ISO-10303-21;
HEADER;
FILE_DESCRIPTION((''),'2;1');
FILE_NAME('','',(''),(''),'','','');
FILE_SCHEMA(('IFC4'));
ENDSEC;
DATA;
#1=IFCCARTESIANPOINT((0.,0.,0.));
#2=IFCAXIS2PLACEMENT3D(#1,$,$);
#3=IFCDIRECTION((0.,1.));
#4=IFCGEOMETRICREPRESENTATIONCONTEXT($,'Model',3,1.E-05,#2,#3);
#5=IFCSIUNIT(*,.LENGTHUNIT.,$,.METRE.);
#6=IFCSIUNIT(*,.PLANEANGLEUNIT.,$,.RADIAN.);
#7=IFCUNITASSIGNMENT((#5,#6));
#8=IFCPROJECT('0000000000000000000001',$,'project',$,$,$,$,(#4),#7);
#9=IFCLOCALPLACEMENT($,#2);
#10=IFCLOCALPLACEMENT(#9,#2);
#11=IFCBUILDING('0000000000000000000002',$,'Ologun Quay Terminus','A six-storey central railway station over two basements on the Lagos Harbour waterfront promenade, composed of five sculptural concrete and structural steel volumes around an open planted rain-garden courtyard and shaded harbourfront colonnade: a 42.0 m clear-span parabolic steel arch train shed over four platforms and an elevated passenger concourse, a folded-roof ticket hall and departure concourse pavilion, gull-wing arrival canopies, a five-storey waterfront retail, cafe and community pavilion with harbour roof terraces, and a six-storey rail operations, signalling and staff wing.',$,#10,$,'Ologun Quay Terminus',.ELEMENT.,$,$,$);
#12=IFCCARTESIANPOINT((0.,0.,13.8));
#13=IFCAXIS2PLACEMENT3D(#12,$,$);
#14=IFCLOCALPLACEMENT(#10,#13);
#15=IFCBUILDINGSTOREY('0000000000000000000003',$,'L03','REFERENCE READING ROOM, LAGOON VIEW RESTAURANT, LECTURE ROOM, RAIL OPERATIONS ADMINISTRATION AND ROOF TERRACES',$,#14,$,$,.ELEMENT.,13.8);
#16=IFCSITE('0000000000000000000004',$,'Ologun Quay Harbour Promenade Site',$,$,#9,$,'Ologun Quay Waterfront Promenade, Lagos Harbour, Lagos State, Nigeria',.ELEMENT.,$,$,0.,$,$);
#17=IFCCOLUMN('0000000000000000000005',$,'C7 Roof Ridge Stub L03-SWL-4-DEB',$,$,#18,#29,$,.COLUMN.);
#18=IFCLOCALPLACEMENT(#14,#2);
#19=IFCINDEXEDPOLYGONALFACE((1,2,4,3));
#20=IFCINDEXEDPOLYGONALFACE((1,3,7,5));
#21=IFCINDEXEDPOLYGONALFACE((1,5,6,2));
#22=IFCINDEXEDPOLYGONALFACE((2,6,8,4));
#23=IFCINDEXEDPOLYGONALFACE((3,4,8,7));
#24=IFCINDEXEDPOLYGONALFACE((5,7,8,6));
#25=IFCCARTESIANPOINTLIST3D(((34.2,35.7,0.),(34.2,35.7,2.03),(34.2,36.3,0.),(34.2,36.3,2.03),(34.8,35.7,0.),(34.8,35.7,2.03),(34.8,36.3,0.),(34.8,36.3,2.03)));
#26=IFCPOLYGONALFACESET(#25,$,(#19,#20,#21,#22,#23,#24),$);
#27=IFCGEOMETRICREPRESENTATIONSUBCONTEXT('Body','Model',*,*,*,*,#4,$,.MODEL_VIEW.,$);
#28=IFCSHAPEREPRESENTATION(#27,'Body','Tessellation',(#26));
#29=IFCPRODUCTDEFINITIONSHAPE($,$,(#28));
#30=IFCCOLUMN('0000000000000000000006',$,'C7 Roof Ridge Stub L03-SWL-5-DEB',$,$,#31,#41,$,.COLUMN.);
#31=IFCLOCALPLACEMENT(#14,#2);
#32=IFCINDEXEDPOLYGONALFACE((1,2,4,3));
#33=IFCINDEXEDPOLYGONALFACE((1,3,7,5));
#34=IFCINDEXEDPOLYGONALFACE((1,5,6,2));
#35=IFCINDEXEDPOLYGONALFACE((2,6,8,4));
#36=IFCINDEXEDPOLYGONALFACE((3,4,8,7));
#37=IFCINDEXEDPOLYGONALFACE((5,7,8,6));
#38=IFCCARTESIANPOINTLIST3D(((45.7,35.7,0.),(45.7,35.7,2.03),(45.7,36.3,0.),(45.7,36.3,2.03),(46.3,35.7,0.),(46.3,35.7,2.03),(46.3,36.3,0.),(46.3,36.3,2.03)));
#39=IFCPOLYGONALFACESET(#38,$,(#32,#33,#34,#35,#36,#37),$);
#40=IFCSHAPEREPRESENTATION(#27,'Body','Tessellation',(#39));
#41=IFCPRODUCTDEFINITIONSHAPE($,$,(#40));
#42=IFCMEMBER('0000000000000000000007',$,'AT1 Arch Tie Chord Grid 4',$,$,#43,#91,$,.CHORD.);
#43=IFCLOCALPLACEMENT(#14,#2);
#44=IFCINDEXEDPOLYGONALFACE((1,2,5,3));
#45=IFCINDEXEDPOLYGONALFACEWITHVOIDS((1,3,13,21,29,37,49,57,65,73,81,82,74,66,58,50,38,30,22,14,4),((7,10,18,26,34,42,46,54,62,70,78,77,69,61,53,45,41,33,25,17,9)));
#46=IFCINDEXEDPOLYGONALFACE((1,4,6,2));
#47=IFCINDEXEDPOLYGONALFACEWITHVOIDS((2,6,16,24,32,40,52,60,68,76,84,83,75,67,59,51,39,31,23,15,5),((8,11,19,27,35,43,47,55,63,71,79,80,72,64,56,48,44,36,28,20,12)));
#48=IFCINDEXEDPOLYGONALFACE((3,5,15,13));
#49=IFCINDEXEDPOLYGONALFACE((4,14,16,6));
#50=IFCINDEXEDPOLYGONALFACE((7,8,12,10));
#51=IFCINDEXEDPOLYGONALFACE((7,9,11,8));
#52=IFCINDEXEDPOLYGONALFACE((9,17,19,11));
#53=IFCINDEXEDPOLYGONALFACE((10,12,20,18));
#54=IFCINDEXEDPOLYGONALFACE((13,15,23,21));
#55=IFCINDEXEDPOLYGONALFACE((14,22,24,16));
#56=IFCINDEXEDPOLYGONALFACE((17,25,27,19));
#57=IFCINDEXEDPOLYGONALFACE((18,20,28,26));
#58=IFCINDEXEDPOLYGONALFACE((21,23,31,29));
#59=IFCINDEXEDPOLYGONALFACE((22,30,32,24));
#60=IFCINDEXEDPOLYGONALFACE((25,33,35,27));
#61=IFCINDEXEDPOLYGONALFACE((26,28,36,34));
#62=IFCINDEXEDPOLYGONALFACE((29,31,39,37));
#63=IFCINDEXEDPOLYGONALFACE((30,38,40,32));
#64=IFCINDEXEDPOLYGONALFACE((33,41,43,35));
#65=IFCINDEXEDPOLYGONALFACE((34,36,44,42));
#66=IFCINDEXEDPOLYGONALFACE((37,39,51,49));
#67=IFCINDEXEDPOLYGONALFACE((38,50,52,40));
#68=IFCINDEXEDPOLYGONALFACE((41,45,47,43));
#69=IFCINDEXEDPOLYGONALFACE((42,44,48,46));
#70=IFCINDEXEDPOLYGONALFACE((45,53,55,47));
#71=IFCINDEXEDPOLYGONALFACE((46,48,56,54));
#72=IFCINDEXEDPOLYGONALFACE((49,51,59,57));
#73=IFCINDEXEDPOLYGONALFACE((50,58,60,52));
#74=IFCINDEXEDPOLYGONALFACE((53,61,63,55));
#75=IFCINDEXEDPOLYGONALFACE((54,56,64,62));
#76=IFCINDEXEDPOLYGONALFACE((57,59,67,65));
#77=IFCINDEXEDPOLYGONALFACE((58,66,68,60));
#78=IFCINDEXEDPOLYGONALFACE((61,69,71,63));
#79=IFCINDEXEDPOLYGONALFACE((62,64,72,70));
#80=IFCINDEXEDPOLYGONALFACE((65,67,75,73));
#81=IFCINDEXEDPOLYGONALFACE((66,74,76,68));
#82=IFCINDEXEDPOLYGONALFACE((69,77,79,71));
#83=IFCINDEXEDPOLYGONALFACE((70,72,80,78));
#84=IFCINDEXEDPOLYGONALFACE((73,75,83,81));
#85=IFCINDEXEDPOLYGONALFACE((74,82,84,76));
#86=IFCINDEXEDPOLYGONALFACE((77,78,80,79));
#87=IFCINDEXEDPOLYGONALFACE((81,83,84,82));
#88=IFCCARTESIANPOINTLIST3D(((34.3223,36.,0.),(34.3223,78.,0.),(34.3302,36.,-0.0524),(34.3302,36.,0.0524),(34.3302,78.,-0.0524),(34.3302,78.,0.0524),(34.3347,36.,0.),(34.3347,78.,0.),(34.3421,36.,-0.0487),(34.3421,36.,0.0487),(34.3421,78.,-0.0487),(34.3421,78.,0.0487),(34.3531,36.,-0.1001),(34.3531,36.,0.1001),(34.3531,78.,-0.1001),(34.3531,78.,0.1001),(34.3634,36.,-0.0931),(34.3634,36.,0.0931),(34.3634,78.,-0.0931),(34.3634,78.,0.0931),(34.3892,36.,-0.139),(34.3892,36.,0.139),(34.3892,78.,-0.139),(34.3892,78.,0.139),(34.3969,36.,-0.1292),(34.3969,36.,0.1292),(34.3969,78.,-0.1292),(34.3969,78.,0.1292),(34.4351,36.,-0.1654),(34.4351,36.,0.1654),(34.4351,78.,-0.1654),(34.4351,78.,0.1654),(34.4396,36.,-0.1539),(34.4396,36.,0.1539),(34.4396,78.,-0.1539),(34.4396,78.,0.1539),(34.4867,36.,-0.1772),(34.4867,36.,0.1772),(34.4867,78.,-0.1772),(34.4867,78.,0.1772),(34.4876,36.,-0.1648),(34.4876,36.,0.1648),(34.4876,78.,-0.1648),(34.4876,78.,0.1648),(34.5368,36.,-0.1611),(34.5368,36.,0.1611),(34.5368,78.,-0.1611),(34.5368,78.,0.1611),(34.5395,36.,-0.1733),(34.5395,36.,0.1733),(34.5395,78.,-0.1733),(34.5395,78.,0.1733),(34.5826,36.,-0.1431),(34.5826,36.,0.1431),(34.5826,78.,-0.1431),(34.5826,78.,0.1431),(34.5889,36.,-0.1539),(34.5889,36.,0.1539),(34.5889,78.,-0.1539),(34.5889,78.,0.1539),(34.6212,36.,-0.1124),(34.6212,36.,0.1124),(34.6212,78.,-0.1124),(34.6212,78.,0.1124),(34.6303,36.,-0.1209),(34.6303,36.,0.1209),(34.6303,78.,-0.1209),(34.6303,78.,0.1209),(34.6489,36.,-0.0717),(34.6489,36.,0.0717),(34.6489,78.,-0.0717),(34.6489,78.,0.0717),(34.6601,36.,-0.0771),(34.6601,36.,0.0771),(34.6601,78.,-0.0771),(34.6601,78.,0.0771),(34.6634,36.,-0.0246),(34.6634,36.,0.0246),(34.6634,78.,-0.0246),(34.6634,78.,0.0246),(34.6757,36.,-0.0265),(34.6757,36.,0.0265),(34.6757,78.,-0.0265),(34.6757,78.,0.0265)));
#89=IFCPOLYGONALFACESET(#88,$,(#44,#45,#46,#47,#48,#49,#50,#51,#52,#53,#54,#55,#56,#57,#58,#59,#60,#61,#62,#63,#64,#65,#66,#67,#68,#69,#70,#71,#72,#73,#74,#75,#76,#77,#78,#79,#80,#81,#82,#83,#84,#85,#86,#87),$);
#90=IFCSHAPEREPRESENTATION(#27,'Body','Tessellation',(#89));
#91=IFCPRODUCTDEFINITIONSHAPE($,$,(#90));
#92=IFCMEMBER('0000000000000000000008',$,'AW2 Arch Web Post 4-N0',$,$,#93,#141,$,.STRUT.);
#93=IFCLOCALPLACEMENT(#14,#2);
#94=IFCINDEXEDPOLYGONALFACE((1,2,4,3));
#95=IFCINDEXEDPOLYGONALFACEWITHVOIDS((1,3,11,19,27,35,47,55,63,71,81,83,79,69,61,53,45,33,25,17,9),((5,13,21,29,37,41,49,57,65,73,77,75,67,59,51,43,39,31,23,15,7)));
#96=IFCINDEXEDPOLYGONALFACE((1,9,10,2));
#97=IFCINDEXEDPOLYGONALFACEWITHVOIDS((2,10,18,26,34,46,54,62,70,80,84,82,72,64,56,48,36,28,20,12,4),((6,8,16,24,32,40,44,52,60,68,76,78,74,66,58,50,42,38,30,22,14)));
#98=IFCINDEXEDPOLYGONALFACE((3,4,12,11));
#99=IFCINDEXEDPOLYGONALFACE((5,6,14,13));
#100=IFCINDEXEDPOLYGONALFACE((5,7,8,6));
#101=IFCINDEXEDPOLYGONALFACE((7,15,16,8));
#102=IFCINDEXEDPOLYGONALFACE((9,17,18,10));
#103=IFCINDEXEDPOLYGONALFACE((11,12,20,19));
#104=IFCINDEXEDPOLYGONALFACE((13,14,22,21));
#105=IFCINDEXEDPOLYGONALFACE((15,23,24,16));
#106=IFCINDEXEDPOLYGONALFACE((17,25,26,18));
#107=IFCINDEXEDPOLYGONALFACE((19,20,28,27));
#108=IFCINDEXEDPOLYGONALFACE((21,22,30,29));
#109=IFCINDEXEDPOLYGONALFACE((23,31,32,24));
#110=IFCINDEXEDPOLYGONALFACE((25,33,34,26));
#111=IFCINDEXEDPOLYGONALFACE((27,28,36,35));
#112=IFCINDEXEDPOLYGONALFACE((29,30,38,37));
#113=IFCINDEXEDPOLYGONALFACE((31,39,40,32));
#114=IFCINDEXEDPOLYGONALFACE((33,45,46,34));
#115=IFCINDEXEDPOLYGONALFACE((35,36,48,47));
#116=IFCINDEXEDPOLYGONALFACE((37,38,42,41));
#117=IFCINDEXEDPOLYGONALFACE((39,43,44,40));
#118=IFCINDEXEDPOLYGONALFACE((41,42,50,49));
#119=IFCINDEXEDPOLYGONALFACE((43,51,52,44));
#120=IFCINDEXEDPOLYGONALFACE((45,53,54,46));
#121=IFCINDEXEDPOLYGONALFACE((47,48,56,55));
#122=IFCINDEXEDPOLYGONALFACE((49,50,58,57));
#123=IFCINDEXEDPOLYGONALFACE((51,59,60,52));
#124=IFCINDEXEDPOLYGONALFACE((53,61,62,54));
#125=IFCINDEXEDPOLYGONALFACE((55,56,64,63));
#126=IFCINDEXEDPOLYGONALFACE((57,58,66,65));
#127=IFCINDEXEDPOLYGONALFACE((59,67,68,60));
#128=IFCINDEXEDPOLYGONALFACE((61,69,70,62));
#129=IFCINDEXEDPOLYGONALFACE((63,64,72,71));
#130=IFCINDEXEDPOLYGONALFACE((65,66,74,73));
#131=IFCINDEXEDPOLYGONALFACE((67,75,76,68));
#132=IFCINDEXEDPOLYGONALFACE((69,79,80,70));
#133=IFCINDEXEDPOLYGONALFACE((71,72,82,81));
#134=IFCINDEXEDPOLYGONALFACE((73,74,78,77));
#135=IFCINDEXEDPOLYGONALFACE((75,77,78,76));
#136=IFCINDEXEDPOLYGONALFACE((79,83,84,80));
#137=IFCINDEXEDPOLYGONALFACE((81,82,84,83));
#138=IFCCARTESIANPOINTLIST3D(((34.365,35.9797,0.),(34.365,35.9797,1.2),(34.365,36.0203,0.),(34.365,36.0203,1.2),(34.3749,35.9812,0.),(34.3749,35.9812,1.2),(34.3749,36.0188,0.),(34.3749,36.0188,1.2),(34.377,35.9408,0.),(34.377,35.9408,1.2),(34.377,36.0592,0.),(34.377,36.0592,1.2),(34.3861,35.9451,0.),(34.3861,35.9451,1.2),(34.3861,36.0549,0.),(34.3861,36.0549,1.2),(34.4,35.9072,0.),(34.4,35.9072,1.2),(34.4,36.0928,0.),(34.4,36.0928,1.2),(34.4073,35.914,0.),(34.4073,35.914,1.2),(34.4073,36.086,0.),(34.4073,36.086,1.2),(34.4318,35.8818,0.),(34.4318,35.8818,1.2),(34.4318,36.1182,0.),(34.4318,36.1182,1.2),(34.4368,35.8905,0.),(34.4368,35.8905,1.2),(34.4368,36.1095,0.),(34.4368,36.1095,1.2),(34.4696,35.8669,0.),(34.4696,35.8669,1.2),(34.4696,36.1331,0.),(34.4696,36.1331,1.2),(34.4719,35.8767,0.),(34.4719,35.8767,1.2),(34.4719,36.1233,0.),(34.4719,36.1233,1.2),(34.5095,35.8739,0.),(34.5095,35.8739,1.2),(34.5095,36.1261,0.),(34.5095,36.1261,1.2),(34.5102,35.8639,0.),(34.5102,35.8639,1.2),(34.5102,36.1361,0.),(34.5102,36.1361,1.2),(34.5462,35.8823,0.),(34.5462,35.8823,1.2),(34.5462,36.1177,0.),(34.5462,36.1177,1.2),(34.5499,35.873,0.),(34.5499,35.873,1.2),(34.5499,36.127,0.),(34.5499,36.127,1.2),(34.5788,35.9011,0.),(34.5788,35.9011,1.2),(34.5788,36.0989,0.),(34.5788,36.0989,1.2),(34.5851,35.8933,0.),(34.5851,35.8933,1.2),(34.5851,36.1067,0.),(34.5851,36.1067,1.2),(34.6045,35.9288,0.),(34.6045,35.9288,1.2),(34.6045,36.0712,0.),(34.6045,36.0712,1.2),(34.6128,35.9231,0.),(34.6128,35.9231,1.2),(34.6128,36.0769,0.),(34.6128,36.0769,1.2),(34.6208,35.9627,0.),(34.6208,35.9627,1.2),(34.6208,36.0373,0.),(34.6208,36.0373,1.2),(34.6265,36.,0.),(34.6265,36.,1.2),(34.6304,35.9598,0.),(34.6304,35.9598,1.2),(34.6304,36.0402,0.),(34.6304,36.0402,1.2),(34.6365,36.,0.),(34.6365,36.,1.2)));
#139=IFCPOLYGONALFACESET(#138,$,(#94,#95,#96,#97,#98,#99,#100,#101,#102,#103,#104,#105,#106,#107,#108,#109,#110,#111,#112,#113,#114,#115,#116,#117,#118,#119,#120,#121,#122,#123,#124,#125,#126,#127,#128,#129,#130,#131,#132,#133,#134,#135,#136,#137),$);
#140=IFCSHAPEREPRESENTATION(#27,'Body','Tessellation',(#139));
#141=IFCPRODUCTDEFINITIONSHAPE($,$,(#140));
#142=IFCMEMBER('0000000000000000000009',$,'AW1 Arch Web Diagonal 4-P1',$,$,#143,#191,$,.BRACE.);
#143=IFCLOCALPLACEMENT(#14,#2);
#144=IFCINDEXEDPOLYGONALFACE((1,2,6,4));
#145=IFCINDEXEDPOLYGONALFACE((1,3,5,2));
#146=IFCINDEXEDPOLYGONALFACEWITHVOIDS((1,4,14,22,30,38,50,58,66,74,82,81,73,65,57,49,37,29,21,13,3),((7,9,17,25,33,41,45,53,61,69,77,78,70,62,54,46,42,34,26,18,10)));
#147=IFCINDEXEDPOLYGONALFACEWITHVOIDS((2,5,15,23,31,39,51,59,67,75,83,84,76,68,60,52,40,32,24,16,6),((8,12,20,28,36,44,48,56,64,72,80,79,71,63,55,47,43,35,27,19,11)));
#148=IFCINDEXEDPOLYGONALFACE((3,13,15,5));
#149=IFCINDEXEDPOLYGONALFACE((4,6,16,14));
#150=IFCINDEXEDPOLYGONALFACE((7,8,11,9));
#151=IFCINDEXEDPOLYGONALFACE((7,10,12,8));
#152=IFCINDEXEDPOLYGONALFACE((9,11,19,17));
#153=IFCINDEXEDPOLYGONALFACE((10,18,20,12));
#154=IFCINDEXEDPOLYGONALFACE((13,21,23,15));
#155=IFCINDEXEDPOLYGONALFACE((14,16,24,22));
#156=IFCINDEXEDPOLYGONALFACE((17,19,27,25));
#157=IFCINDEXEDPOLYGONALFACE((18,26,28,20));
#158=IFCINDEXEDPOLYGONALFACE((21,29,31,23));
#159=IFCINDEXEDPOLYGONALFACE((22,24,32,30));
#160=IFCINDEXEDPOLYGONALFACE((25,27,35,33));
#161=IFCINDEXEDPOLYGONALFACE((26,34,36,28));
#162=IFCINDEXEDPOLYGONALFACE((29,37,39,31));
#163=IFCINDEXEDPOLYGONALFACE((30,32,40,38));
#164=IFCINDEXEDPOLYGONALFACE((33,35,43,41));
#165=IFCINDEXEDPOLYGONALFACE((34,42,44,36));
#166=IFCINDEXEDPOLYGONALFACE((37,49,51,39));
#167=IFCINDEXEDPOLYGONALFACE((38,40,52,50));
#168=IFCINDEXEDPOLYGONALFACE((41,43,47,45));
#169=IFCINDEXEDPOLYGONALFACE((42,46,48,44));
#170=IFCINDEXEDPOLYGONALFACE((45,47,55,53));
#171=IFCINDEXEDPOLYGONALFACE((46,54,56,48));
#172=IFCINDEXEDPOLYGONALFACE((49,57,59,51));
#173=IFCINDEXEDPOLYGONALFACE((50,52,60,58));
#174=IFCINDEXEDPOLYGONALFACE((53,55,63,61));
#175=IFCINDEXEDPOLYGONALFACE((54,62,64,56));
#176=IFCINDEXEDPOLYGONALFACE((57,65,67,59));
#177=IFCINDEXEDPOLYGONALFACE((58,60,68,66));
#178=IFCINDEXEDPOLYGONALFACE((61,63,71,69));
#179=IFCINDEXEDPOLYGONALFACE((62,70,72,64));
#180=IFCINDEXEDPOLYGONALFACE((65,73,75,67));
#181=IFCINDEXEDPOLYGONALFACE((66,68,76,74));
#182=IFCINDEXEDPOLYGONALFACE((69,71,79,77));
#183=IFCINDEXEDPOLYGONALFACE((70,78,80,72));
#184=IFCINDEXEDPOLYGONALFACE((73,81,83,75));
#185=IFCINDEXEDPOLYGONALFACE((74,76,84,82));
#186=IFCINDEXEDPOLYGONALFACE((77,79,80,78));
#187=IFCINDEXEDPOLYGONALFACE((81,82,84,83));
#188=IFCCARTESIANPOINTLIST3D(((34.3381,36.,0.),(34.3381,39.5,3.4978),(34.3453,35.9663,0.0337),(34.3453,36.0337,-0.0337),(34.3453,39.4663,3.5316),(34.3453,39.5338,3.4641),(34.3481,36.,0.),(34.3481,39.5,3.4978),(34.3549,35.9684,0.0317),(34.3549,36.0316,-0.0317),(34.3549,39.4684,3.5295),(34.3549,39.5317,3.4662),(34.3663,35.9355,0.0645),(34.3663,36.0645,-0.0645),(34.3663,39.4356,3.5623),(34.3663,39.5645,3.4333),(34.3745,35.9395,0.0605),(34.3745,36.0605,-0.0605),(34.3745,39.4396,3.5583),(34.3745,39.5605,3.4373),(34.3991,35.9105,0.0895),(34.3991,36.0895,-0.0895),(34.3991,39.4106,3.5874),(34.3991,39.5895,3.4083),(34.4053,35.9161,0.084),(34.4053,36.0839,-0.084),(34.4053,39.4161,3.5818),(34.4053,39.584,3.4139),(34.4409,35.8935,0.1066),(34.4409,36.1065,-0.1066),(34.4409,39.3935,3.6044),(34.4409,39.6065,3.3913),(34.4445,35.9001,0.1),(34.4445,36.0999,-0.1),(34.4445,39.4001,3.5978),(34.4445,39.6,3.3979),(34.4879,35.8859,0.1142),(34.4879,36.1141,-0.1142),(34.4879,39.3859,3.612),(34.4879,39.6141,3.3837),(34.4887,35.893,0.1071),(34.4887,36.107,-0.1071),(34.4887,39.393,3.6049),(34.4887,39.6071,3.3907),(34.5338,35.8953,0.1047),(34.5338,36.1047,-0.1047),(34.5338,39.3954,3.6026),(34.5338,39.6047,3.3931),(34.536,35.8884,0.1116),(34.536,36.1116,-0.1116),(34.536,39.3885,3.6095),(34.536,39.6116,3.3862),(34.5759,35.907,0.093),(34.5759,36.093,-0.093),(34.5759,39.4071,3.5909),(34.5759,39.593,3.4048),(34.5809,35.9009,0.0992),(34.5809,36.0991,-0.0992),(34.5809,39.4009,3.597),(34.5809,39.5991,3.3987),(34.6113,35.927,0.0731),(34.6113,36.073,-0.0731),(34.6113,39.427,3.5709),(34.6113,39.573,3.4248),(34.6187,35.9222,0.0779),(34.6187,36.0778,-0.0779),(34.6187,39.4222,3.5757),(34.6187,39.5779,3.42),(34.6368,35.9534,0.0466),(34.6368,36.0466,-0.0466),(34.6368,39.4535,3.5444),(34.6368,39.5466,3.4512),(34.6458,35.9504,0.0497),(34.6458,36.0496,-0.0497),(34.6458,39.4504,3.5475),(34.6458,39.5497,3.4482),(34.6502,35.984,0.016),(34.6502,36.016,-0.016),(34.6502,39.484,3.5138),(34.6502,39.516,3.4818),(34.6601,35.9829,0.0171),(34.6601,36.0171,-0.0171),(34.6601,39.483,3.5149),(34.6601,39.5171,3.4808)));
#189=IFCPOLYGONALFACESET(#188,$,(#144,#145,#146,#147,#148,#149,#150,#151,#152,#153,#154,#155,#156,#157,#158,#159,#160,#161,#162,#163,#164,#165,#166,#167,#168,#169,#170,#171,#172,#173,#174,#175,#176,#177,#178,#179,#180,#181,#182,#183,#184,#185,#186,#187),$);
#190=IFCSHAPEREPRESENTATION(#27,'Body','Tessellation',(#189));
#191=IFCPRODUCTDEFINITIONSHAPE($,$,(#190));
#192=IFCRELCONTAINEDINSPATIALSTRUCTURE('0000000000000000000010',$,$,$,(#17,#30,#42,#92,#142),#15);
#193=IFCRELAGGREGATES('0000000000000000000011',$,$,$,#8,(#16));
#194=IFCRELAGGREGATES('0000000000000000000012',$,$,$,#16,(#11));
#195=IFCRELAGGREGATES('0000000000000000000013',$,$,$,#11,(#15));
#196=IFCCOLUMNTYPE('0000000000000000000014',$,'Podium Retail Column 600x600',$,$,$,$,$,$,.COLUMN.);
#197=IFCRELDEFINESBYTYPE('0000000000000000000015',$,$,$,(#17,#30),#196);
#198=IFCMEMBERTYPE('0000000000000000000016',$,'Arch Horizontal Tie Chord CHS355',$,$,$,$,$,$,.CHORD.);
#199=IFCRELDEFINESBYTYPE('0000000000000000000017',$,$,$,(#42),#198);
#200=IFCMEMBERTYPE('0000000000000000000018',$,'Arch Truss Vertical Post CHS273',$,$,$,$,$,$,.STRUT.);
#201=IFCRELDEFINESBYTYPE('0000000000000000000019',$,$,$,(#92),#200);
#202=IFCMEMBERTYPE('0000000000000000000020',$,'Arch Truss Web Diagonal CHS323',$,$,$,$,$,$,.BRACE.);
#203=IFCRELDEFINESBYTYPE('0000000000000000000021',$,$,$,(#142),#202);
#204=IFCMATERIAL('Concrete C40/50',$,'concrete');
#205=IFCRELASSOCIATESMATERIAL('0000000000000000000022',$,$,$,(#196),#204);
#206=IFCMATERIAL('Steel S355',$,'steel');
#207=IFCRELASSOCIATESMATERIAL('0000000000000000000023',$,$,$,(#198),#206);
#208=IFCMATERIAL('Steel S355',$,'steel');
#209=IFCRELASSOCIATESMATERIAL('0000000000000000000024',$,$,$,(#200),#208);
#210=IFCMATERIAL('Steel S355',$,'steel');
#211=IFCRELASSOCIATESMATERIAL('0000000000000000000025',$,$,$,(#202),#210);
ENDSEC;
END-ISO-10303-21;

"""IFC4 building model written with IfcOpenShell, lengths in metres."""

from ifc_helpers import new_model, si_unit, direction, frame, origin, origin_2d, place, context, subcontext, project, spatial, rectangle, hollow_circle, extrude, material, material_profile, profile_set, type_object, element, save


model = new_model("IFC4")

# Units and contexts
model_context = context("Model", 3, precision=1e-05, world=origin(), true_north=direction((0.0, 1.0)))
body_context = subcontext(model_context, "Body", "Model", "MODEL_VIEW")
ifc_project = project(units=[si_unit("LENGTHUNIT", "METRE"), si_unit("PLANEANGLEUNIT", "RADIAN")], contexts=[model_context])

# Site, building, storey
site_placement = place(None, origin())
site = spatial("IfcSite", under=ifc_project, at=site_placement, Name="Ologun Quay Harbour Promenade Site", LongName="Ologun Quay Waterfront Promenade, Lagos Harbour, Lagos State, Nigeria", CompositionType="ELEMENT", RefElevation=0.0)
building_placement = place(site_placement, origin())
building = spatial("IfcBuilding", under=site, at=building_placement, Name="Ologun Quay Terminus", Description="A six-storey central railway station over two basements on the Lagos Harbour waterfront promenade, composed of five sculptural concrete and structural steel volumes around an open planted rain-garden courtyard and shaded harbourfront colonnade: a 42.0 m clear-span parabolic steel arch train shed over four platforms and an elevated passenger concourse, a folded-roof ticket hall and departure concourse pavilion, gull-wing arrival canopies, a five-storey waterfront retail, cafe and community pavilion with harbour roof terraces, and a six-storey rail operations, signalling and staff wing.", LongName="Ologun Quay Terminus", CompositionType="ELEMENT")
storey_placement = place(building_placement, frame((0.0, 0.0, 13.8)))
storey = spatial("IfcBuildingStorey", under=building, at=storey_placement, Name="L03", Description="REFERENCE READING ROOM, LAGOON VIEW RESTAURANT, LECTURE ROOM, RAIL OPERATIONS ADMINISTRATION AND ROOF TERRACES", CompositionType="ELEMENT", Elevation=13.8)

# Columns
ifc_material_1 = material(Name="Concrete C40/50", Category="concrete")
ifc_material_profile_1 = material_profile(ifc_material_1, rectangle(XDim=0.6001, YDim=0.6001, at=origin_2d()), Name="RC 600x600")
ifc_profile_set_1 = profile_set([ifc_material_profile_1], Name="Concrete C40/50")
column_type = type_object("IfcColumnType", Name="Podium Retail Column 600x600", PredefinedType="COLUMN", material=ifc_profile_set_1)
for number, where, z_axis, x_axis, name in (
    (1, (34.5, 36.0, 0.0), (0.0, 0.0, 1.0), (1.0, 0.0, 0.0), "C7 Roof Ridge Stub L03-SWL-4-DEB"),
    (2, (46.0, 36.0, 0.0), (0.0, 0.0, 1.0), (1.0, 0.0, 0.0), "C7 Roof Ridge Stub L03-SWL-5-DEB"),
):
    element("IfcColumn", number, at=place(storey_placement, frame(where, z_axis=z_axis, x_axis=x_axis)), inside=storey, type_object=column_type, Name=name, PredefinedType="COLUMN", context=body_context, shape_type="SweptSolid", body=[
        extrude(rectangle(XDim=0.6001, YDim=0.6001, at=origin_2d()), origin(), (0.0, 0.0, 1.0), 2.03),
    ])

# Members
ifc_material_2 = material(Name="Steel S355", Category="steel")
ifc_material_profile_2 = material_profile(ifc_material_2, hollow_circle(Radius=0.1777, WallThickness=0.0125, at=origin_2d()), Name="CHS 355.6x12.5")
ifc_profile_set_2 = profile_set([ifc_material_profile_2], Name="Steel S355")
member_type_1 = type_object("IfcMemberType", Name="Arch Horizontal Tie Chord CHS355", PredefinedType="CHORD", material=ifc_profile_set_2)
member_1_placement = place(storey_placement, frame((34.5, 36.0, 0.0), z_axis=(0.0, 1.0, 0.0), x_axis=(-1.0, 0.0, 0.0)))
element("IfcMember", 3, at=member_1_placement, inside=storey, type_object=member_type_1, Name="AT1 Arch Tie Chord Grid 4", PredefinedType="CHORD", context=body_context, shape_type="SweptSolid", body=[
    extrude(hollow_circle(Radius=0.1777, WallThickness=0.0125, at=origin_2d()), origin(), (0.0, 0.0, 1.0), 42.0),
])
ifc_material_3 = material(Name="Steel S355", Category="steel")
ifc_material_profile_3 = material_profile(ifc_material_3, hollow_circle(Radius=0.1365, WallThickness=0.01, at=origin_2d()), Name="CHS 273x10")
ifc_profile_set_3 = profile_set([ifc_material_profile_3], Name="Steel S355")
member_type_2 = type_object("IfcMemberType", Name="Arch Truss Vertical Post CHS273", PredefinedType="STRUT", material=ifc_profile_set_3)
member_2_placement = place(storey_placement, frame((34.5, 36.0, 0.0), z_axis=(0.0, 0.0, 1.0), x_axis=(1.0, 0.0, 0.0)))
element("IfcMember", 4, at=member_2_placement, inside=storey, type_object=member_type_2, Name="AW2 Arch Web Post 4-N0", PredefinedType="STRUT", context=body_context, shape_type="SweptSolid", body=[
    extrude(hollow_circle(Radius=0.1365, WallThickness=0.01, at=origin_2d()), origin(), (0.0, 0.0, 1.0), 1.2),
])
ifc_material_4 = material(Name="Steel S355", Category="steel")
ifc_material_profile_4 = material_profile(ifc_material_4, hollow_circle(Radius=0.1619, WallThickness=0.01, at=origin_2d()), Name="CHS 323.9x10")
ifc_profile_set_4 = profile_set([ifc_material_profile_4], Name="Steel S355")
member_type_3 = type_object("IfcMemberType", Name="Arch Truss Web Diagonal CHS323", PredefinedType="BRACE", material=ifc_profile_set_4)
member_3_placement = place(storey_placement, frame((34.5, 36.0, 0.0), z_axis=(0.0, 0.707329, 0.706885), x_axis=(-1.0, 0.0, 0.0)))
element("IfcMember", 5, at=member_3_placement, inside=storey, type_object=member_type_3, Name="AW1 Arch Web Diagonal 4-P1", PredefinedType="BRACE", context=body_context, shape_type="SweptSolid", body=[
    extrude(hollow_circle(Radius=0.1619, WallThickness=0.01, at=origin_2d()), origin(), (0.0, 0.0, 1.0), 4.9482),
])

save(model, "model.ifc")
